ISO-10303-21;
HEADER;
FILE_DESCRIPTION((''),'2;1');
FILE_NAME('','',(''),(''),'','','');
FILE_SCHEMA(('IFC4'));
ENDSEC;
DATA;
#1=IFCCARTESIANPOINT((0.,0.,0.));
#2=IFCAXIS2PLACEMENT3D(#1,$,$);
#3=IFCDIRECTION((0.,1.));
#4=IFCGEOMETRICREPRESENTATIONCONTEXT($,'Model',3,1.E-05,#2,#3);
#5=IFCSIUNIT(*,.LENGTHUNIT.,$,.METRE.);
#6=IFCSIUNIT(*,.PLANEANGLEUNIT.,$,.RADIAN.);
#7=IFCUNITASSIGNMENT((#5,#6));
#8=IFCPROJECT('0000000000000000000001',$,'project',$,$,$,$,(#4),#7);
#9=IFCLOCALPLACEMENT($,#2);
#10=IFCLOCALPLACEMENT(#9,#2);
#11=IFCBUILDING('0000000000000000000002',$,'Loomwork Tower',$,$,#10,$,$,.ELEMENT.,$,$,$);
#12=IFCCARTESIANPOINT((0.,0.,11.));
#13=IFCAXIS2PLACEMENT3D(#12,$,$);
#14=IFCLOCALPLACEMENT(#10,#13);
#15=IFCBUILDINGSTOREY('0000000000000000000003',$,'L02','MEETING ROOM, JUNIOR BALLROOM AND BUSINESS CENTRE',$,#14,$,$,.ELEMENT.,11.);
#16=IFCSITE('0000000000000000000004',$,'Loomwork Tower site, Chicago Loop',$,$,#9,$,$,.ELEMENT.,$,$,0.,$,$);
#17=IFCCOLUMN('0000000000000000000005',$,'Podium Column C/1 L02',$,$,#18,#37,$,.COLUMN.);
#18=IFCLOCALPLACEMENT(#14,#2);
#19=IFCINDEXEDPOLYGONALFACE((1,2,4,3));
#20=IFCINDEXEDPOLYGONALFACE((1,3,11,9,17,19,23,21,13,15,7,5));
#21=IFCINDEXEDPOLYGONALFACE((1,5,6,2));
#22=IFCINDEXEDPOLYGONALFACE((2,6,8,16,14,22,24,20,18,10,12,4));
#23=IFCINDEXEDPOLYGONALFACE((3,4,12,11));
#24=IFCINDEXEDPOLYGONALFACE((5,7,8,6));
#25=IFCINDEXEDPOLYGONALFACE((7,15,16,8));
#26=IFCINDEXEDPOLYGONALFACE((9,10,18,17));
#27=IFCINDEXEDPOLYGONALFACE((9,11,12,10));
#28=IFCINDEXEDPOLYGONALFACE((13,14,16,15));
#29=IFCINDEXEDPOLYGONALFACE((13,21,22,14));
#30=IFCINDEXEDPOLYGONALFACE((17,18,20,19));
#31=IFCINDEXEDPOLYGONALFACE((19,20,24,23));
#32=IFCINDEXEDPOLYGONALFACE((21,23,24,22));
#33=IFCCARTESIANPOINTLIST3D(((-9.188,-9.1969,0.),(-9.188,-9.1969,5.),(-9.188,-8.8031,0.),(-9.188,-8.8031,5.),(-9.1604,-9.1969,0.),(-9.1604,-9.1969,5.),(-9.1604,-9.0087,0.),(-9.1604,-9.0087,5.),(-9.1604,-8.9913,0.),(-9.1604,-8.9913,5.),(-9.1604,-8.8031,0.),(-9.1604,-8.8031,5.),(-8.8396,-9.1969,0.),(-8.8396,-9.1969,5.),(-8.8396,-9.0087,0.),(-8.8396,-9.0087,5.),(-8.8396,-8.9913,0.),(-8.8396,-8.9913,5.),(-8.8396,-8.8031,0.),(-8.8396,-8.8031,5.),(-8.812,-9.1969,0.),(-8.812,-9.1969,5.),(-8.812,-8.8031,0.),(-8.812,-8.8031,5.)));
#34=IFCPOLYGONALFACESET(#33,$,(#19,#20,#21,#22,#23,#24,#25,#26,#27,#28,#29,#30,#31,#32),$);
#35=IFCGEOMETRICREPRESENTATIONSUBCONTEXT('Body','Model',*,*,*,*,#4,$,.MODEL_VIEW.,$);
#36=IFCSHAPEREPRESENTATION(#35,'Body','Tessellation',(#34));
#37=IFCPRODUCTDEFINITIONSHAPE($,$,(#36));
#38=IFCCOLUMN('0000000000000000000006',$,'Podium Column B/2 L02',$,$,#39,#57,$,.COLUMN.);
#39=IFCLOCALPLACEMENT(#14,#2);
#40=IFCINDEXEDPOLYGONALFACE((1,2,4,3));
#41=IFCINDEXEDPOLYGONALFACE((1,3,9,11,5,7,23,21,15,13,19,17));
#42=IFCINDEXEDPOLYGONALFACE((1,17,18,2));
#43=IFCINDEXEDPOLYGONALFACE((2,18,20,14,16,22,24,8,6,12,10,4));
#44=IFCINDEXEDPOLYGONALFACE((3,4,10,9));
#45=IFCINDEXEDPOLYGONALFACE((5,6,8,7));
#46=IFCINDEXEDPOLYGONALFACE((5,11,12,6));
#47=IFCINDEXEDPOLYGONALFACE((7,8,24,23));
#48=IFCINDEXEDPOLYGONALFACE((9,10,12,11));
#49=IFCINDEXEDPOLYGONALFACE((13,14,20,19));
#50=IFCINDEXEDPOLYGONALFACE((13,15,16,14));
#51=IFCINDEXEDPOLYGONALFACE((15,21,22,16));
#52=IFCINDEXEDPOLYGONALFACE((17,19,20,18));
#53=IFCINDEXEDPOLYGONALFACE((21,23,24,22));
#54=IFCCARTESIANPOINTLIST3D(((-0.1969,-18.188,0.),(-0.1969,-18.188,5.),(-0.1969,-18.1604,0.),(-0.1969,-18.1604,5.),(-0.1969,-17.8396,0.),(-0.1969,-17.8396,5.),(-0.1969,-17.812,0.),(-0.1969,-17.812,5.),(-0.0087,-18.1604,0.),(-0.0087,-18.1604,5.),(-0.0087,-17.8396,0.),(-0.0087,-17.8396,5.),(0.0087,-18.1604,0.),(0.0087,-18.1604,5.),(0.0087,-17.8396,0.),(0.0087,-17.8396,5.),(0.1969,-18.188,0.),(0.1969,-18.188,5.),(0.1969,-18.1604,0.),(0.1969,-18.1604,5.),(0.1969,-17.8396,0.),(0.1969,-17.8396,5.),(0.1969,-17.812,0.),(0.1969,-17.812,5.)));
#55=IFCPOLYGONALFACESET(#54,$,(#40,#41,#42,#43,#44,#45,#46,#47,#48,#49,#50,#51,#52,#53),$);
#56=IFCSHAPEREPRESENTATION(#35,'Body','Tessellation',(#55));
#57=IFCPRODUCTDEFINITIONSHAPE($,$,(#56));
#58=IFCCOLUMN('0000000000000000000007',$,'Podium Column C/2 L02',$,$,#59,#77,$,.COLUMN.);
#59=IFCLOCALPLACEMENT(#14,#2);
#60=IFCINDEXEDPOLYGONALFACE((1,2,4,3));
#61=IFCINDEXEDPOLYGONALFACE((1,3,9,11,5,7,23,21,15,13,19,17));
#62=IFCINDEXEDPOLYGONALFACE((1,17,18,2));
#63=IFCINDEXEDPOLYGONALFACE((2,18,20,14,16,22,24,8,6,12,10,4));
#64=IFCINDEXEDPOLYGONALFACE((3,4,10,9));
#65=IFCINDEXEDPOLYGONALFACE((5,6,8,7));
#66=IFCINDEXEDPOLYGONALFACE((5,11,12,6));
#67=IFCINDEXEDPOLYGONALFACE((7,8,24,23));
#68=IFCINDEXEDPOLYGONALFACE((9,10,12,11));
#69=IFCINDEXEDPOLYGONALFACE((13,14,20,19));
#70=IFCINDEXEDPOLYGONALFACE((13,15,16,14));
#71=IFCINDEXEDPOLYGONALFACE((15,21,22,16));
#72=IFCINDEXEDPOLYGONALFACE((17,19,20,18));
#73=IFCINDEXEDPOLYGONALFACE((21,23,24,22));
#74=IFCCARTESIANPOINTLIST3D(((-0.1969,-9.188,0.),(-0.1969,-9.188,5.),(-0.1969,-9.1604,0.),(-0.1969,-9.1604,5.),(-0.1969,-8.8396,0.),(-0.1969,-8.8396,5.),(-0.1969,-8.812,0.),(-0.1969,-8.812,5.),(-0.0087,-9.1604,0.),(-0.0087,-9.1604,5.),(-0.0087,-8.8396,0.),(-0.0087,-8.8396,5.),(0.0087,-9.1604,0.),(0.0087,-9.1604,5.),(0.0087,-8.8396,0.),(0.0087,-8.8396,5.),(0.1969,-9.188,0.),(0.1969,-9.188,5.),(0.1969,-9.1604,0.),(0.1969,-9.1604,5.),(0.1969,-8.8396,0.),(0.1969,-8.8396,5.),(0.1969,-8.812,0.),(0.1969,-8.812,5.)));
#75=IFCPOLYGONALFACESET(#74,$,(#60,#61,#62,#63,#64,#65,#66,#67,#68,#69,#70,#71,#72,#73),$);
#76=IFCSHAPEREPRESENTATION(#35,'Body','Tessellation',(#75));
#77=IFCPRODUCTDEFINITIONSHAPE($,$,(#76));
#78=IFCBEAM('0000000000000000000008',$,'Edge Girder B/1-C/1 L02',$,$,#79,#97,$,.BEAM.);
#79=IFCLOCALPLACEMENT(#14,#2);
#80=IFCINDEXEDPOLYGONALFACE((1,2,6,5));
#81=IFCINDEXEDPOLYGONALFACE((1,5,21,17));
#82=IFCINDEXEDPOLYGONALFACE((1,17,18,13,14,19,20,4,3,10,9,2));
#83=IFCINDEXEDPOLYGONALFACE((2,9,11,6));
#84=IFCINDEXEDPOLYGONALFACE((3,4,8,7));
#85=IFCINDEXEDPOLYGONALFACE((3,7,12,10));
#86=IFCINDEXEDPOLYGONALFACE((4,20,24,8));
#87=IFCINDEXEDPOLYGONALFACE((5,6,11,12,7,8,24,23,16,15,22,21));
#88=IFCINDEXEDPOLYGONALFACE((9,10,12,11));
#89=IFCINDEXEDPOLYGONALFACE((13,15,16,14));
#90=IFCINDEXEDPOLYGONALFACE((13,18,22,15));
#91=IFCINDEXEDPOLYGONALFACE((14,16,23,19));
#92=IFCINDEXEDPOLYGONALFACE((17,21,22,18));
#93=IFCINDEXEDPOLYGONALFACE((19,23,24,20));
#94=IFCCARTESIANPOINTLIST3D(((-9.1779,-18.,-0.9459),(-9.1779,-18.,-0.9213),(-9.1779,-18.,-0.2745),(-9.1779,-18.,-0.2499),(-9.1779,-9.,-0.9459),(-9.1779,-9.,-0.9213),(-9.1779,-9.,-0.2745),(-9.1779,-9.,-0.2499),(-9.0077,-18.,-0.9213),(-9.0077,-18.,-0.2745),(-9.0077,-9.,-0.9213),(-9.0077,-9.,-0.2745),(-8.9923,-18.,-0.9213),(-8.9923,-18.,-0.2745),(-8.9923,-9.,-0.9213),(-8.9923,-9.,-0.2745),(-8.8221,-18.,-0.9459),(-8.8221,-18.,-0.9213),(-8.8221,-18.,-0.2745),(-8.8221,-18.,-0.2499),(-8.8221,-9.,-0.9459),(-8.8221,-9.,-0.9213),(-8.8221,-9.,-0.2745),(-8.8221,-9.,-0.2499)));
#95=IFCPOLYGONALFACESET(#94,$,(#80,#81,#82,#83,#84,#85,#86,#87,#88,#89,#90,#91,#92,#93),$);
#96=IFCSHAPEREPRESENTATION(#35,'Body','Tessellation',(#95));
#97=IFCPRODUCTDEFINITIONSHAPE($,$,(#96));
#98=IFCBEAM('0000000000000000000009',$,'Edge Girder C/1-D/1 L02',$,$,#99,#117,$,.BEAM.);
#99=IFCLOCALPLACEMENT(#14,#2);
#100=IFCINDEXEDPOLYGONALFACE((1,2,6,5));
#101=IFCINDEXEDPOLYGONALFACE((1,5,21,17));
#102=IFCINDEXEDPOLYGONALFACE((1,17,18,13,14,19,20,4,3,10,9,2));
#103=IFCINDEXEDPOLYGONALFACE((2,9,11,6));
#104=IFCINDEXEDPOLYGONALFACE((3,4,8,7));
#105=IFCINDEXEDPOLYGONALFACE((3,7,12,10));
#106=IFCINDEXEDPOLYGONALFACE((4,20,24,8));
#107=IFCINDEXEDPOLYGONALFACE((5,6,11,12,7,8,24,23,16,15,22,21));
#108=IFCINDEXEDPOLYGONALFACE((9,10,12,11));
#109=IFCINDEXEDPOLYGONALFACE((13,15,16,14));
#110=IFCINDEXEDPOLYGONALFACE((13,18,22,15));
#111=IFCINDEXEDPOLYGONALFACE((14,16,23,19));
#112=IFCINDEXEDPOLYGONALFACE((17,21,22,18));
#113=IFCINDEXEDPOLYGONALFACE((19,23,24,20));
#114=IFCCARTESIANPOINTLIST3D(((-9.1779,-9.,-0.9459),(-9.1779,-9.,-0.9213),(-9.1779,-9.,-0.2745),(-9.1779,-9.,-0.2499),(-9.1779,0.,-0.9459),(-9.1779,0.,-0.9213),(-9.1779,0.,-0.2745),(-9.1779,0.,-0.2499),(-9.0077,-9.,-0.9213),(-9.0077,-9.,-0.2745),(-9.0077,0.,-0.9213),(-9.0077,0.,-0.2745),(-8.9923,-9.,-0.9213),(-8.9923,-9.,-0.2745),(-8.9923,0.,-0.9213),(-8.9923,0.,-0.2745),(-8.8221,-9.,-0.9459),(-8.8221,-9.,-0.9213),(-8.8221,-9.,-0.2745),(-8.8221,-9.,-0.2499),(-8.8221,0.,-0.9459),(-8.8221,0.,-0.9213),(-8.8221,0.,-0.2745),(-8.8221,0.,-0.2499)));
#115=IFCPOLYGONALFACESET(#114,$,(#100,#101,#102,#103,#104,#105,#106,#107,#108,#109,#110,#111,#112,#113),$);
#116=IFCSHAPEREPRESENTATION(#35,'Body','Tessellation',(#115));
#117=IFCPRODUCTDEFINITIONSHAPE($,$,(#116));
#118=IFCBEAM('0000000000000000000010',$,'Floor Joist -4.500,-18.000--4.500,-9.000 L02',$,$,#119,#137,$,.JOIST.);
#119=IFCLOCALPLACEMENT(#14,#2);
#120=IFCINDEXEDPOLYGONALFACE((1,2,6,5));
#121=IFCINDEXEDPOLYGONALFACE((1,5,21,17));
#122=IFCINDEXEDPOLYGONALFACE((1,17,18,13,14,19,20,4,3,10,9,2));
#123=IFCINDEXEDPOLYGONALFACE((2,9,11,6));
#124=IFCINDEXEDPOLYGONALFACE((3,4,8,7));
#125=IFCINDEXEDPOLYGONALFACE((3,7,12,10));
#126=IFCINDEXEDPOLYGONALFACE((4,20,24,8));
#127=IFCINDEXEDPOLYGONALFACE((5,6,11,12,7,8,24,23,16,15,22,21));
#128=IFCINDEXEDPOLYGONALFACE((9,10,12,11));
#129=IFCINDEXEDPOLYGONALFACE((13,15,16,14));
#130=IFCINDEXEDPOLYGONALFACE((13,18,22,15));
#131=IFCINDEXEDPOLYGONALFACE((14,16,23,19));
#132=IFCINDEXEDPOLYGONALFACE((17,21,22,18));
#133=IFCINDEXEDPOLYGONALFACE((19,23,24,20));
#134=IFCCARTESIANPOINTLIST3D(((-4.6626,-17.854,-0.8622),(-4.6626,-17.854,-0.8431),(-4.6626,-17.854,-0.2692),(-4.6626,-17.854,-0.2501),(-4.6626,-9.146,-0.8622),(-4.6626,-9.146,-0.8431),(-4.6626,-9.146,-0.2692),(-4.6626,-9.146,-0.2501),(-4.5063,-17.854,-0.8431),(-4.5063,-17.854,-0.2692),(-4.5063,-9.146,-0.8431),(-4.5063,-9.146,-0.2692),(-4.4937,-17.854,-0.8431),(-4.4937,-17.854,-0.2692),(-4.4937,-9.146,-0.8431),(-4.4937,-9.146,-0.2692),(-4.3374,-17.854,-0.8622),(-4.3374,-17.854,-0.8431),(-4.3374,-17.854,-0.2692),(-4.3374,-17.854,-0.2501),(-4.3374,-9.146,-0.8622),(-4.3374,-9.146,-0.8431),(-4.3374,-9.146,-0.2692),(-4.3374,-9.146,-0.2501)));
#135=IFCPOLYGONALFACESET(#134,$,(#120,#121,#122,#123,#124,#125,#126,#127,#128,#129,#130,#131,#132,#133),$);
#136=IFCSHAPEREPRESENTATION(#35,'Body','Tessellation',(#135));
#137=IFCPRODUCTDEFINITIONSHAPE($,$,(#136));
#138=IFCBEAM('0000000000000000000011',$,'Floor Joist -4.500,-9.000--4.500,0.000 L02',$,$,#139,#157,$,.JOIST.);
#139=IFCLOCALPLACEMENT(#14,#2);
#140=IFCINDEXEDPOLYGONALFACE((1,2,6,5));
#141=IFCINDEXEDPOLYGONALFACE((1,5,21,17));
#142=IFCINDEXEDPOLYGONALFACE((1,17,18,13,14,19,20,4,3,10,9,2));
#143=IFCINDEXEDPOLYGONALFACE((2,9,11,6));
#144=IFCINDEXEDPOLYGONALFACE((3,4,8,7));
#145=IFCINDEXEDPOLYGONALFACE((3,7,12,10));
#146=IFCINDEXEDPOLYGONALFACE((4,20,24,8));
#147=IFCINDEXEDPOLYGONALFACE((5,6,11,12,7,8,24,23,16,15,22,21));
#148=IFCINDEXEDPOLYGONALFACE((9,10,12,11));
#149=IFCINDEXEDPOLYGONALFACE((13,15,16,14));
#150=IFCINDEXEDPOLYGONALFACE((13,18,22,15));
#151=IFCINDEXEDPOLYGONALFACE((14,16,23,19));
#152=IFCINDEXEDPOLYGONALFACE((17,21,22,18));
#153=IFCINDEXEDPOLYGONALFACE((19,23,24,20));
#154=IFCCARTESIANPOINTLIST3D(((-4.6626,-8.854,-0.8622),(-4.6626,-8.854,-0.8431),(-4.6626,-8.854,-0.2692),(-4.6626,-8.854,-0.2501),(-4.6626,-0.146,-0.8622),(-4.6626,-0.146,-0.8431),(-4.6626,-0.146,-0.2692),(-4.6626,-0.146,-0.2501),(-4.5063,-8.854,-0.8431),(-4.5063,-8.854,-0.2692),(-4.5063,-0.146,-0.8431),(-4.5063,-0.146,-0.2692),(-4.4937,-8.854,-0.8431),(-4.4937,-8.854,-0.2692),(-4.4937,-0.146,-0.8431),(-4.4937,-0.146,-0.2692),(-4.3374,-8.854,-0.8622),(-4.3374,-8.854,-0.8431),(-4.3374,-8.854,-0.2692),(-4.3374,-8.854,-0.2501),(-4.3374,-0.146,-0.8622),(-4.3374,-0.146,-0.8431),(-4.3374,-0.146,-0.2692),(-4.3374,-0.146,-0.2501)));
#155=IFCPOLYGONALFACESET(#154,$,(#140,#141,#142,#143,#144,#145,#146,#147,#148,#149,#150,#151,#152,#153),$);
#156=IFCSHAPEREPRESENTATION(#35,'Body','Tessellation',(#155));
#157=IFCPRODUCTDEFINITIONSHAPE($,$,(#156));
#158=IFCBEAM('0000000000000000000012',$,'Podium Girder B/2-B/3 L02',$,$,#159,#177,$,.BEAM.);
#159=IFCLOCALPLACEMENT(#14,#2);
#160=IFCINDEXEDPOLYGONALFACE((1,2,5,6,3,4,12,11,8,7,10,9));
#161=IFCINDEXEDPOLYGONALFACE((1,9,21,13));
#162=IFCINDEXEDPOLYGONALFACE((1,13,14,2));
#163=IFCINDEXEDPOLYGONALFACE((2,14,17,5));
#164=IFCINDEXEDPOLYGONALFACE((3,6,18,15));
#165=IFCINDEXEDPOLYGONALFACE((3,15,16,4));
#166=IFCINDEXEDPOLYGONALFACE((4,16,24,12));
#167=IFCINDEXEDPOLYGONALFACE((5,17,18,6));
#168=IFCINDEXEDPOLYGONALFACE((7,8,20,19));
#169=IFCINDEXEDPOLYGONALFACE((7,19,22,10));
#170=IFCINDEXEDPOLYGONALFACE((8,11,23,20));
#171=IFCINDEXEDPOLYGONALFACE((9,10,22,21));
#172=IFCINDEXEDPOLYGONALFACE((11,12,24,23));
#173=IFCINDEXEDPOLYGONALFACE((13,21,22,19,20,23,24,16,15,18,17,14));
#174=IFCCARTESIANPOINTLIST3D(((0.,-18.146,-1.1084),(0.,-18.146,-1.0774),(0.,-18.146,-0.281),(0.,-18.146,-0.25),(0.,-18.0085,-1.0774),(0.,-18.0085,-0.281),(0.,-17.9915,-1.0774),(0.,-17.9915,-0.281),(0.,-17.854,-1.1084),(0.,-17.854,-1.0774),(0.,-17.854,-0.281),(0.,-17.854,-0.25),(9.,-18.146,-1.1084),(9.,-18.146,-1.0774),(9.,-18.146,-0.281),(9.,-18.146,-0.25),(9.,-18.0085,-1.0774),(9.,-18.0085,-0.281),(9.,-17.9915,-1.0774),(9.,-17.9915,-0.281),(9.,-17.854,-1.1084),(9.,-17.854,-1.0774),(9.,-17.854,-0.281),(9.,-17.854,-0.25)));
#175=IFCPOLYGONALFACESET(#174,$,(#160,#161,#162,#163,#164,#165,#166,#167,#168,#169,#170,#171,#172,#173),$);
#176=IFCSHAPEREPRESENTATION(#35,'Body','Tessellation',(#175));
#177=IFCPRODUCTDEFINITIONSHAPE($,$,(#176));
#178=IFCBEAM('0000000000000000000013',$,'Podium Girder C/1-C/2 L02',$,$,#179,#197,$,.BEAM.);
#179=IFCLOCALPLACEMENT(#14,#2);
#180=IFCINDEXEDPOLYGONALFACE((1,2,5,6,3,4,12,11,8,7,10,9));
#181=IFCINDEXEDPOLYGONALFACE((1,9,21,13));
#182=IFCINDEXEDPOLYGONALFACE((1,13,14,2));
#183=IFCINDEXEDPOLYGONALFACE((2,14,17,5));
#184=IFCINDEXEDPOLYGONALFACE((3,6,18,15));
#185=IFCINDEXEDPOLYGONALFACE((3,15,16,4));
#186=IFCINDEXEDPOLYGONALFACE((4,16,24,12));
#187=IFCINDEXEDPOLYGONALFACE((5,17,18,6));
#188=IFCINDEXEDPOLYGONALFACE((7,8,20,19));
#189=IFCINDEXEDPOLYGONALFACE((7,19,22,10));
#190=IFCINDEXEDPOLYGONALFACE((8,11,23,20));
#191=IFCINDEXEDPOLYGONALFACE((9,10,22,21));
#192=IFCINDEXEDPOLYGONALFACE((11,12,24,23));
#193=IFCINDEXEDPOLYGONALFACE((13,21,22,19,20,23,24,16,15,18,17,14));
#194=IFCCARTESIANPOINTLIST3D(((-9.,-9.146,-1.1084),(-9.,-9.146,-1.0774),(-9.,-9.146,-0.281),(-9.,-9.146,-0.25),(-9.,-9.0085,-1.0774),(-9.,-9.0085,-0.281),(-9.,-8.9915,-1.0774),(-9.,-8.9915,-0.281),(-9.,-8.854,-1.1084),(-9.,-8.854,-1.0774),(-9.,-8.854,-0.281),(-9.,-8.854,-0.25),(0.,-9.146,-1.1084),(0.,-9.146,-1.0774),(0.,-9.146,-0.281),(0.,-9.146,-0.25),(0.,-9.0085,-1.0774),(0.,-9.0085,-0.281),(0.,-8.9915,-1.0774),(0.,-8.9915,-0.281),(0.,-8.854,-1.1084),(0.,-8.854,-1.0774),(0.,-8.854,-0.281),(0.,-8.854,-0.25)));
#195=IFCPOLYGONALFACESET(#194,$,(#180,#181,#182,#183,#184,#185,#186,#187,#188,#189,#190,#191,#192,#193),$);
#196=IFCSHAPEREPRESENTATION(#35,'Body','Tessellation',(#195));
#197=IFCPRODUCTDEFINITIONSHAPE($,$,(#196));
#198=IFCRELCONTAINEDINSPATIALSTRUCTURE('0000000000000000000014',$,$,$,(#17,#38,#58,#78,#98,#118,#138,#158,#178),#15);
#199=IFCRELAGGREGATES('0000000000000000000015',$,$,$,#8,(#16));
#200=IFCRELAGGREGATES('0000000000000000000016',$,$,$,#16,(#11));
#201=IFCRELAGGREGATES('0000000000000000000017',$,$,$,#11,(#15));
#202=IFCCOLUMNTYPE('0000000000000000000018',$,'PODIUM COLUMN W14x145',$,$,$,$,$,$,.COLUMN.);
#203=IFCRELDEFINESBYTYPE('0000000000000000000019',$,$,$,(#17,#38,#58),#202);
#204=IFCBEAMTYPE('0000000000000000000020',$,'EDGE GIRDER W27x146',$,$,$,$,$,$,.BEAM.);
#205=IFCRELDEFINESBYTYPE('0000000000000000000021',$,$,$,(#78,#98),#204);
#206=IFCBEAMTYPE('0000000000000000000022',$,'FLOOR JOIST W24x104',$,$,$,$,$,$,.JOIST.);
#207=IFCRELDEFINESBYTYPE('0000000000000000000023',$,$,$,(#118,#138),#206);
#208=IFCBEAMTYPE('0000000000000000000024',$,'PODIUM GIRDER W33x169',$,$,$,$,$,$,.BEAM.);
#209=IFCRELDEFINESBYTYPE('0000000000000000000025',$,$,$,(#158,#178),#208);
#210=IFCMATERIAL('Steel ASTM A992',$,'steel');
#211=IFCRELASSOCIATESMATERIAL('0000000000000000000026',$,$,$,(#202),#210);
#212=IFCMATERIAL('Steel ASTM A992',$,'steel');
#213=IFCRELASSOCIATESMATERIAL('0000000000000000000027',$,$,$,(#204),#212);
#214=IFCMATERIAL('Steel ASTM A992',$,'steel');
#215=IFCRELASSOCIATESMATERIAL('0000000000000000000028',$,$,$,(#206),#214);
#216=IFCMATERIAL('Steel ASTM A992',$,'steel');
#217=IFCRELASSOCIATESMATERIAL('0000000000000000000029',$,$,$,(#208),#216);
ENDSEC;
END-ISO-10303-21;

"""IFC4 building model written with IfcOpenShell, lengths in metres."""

from ifc_helpers import new_model, si_unit, direction, frame, origin, origin_2d, place, context, subcontext, project, spatial, i_section, extrude, material, material_profile, profile_set, type_object, element, save


model = new_model("IFC4")

# Units and contexts
model_context = context("Model", 3, precision=1e-05, world=origin(), true_north=direction((0.0, 1.0)))
body_context = subcontext(model_context, "Body", "Model", "MODEL_VIEW")
ifc_project = project(units=[si_unit("LENGTHUNIT", "METRE"), si_unit("PLANEANGLEUNIT", "RADIAN")], contexts=[model_context])

# Site, building, storey
site_placement = place(None, origin())
site = spatial("IfcSite", under=ifc_project, at=site_placement, Name="Loomwork Tower site, Chicago Loop", CompositionType="ELEMENT", RefElevation=0.0)
building_placement = place(site_placement, origin())
building = spatial("IfcBuilding", under=site, at=building_placement, Name="Loomwork Tower", CompositionType="ELEMENT")
storey_placement = place(building_placement, frame((0.0, 0.0, 11.0)))
storey = spatial("IfcBuildingStorey", under=building, at=storey_placement, Name="L02", Description="MEETING ROOM, JUNIOR BALLROOM AND BUSINESS CENTRE", CompositionType="ELEMENT", Elevation=11.0)

# Columns
ifc_material_1 = material(Name="Steel ASTM A992", Category="steel")
ifc_material_profile_1 = material_profile(ifc_material_1, i_section(OverallWidth=0.3938, OverallDepth=0.376, WebThickness=0.0173, FlangeThickness=0.0276, at=origin_2d()), Name="W14x145")
ifc_profile_set_1 = profile_set([ifc_material_profile_1], Name="Steel ASTM A992")
column_type = type_object("IfcColumnType", Name="PODIUM COLUMN W14x145", PredefinedType="COLUMN", material=ifc_profile_set_1)
for number, where, z_axis, x_axis, name in (
    (1, (-9.0, -9.0, 0.0), (0.0, 0.0, 1.0), (0.0, 1.0, 0.0), "Podium Column C/1 L02"),
    (2, (0.0, -18.0, 0.0), (0.0, 0.0, 1.0), (1.0, 0.0, 0.0), "Podium Column B/2 L02"),
    (3, (0.0, -9.0, 0.0), (0.0, 0.0, 1.0), (1.0, 0.0, 0.0), "Podium Column C/2 L02"),
):
    element("IfcColumn", number, at=place(storey_placement, frame(where, z_axis=z_axis, x_axis=x_axis)), inside=storey, type_object=column_type, Name=name, PredefinedType="COLUMN", context=body_context, shape_type="SweptSolid", body=[
        extrude(i_section(OverallWidth=0.3938, OverallDepth=0.376, WebThickness=0.0173, FlangeThickness=0.0276, at=origin_2d()), origin(), (0.0, 0.0, 1.0), 5.0),
    ])

# Beams
ifc_material_2 = material(Name="Steel ASTM A992", Category="steel")
ifc_material_profile_2 = material_profile(ifc_material_2, i_section(OverallWidth=0.3557, OverallDepth=0.696, WebThickness=0.0154, FlangeThickness=0.0247, at=origin_2d()), Name="W27x146")
ifc_profile_set_2 = profile_set([ifc_material_profile_2], Name="Steel ASTM A992")
beam_type_1 = type_object("IfcBeamType", Name="EDGE GIRDER W27x146", PredefinedType="BEAM", material=ifc_profile_set_2)
for number, where, z_axis, x_axis, name in (
    (4, (-9.0, -18.0, -0.5979), (0.0, 1.0, 0.0), (-1.0, 0.0, 0.0), "Edge Girder B/1-C/1 L02"),
    (5, (-9.0, -9.0, -0.5979), (0.0, 1.0, 0.0), (-1.0, 0.0, 0.0), "Edge Girder C/1-D/1 L02"),
):
    element("IfcBeam", number, at=place(storey_placement, frame(where, z_axis=z_axis, x_axis=x_axis)), inside=storey, type_object=beam_type_1, Name=name, PredefinedType="BEAM", context=body_context, shape_type="SweptSolid", body=[
        extrude(i_section(OverallWidth=0.3557, OverallDepth=0.696, WebThickness=0.0154, FlangeThickness=0.0247, at=origin_2d()), origin(), (0.0, 0.0, 1.0), 9.0),
    ])
ifc_material_3 = material(Name="Steel ASTM A992", Category="steel")
ifc_material_profile_3 = material_profile(ifc_material_3, i_section(OverallWidth=0.3252, OverallDepth=0.6121, WebThickness=0.0127, FlangeThickness=0.019, at=origin_2d()), Name="W24x104")
ifc_profile_set_3 = profile_set([ifc_material_profile_3], Name="Steel ASTM A992")
beam_type_2 = type_object("IfcBeamType", Name="FLOOR JOIST W24x104", PredefinedType="JOIST", material=ifc_profile_set_3)
for number, where, z_axis, x_axis, name in (
    (6, (-4.5, -17.854, -0.5562), (0.0, 1.0, 0.0), (-1.0, 0.0, 0.0), "Floor Joist -4.500,-18.000--4.500,-9.000 L02"),
    (7, (-4.5, -8.854, -0.5562), (0.0, 1.0, 0.0), (-1.0, 0.0, 0.0), "Floor Joist -4.500,-9.000--4.500,0.000 L02"),
):
    element("IfcBeam", number, at=place(storey_placement, frame(where, z_axis=z_axis, x_axis=x_axis)), inside=storey, type_object=beam_type_2, Name=name, PredefinedType="JOIST", context=body_context, shape_type="SweptSolid", body=[
        extrude(i_section(OverallWidth=0.3252, OverallDepth=0.6121, WebThickness=0.0127, FlangeThickness=0.019, at=origin_2d()), origin(), (0.0, 0.0, 1.0), 8.708),
    ])
ifc_material_4 = material(Name="Steel ASTM A992", Category="steel")
ifc_material_profile_4 = material_profile(ifc_material_4, i_section(OverallWidth=0.292, OverallDepth=0.8584, WebThickness=0.0171, FlangeThickness=0.031, at=origin_2d()), Name="W33x169")
ifc_profile_set_4 = profile_set([ifc_material_profile_4], Name="Steel ASTM A992")
beam_type_3 = type_object("IfcBeamType", Name="PODIUM GIRDER W33x169", PredefinedType="BEAM", material=ifc_profile_set_4)
for number, where, z_axis, x_axis, name in (
    (8, (0.0, -18.0, -0.6792), (1.0, 0.0, 0.0), (0.0, 1.0, 0.0), "Podium Girder B/2-B/3 L02"),
    (9, (-9.0, -9.0, -0.6792), (1.0, 0.0, 0.0), (0.0, 1.0, 0.0), "Podium Girder C/1-C/2 L02"),
):
    element("IfcBeam", number, at=place(storey_placement, frame(where, z_axis=z_axis, x_axis=x_axis)), inside=storey, type_object=beam_type_3, Name=name, PredefinedType="BEAM", context=body_context, shape_type="SweptSolid", body=[
        extrude(i_section(OverallWidth=0.292, OverallDepth=0.8584, WebThickness=0.0171, FlangeThickness=0.031, at=origin_2d()), origin(), (0.0, 0.0, 1.0), 9.0),
    ])

save(model, "model.ifc")
